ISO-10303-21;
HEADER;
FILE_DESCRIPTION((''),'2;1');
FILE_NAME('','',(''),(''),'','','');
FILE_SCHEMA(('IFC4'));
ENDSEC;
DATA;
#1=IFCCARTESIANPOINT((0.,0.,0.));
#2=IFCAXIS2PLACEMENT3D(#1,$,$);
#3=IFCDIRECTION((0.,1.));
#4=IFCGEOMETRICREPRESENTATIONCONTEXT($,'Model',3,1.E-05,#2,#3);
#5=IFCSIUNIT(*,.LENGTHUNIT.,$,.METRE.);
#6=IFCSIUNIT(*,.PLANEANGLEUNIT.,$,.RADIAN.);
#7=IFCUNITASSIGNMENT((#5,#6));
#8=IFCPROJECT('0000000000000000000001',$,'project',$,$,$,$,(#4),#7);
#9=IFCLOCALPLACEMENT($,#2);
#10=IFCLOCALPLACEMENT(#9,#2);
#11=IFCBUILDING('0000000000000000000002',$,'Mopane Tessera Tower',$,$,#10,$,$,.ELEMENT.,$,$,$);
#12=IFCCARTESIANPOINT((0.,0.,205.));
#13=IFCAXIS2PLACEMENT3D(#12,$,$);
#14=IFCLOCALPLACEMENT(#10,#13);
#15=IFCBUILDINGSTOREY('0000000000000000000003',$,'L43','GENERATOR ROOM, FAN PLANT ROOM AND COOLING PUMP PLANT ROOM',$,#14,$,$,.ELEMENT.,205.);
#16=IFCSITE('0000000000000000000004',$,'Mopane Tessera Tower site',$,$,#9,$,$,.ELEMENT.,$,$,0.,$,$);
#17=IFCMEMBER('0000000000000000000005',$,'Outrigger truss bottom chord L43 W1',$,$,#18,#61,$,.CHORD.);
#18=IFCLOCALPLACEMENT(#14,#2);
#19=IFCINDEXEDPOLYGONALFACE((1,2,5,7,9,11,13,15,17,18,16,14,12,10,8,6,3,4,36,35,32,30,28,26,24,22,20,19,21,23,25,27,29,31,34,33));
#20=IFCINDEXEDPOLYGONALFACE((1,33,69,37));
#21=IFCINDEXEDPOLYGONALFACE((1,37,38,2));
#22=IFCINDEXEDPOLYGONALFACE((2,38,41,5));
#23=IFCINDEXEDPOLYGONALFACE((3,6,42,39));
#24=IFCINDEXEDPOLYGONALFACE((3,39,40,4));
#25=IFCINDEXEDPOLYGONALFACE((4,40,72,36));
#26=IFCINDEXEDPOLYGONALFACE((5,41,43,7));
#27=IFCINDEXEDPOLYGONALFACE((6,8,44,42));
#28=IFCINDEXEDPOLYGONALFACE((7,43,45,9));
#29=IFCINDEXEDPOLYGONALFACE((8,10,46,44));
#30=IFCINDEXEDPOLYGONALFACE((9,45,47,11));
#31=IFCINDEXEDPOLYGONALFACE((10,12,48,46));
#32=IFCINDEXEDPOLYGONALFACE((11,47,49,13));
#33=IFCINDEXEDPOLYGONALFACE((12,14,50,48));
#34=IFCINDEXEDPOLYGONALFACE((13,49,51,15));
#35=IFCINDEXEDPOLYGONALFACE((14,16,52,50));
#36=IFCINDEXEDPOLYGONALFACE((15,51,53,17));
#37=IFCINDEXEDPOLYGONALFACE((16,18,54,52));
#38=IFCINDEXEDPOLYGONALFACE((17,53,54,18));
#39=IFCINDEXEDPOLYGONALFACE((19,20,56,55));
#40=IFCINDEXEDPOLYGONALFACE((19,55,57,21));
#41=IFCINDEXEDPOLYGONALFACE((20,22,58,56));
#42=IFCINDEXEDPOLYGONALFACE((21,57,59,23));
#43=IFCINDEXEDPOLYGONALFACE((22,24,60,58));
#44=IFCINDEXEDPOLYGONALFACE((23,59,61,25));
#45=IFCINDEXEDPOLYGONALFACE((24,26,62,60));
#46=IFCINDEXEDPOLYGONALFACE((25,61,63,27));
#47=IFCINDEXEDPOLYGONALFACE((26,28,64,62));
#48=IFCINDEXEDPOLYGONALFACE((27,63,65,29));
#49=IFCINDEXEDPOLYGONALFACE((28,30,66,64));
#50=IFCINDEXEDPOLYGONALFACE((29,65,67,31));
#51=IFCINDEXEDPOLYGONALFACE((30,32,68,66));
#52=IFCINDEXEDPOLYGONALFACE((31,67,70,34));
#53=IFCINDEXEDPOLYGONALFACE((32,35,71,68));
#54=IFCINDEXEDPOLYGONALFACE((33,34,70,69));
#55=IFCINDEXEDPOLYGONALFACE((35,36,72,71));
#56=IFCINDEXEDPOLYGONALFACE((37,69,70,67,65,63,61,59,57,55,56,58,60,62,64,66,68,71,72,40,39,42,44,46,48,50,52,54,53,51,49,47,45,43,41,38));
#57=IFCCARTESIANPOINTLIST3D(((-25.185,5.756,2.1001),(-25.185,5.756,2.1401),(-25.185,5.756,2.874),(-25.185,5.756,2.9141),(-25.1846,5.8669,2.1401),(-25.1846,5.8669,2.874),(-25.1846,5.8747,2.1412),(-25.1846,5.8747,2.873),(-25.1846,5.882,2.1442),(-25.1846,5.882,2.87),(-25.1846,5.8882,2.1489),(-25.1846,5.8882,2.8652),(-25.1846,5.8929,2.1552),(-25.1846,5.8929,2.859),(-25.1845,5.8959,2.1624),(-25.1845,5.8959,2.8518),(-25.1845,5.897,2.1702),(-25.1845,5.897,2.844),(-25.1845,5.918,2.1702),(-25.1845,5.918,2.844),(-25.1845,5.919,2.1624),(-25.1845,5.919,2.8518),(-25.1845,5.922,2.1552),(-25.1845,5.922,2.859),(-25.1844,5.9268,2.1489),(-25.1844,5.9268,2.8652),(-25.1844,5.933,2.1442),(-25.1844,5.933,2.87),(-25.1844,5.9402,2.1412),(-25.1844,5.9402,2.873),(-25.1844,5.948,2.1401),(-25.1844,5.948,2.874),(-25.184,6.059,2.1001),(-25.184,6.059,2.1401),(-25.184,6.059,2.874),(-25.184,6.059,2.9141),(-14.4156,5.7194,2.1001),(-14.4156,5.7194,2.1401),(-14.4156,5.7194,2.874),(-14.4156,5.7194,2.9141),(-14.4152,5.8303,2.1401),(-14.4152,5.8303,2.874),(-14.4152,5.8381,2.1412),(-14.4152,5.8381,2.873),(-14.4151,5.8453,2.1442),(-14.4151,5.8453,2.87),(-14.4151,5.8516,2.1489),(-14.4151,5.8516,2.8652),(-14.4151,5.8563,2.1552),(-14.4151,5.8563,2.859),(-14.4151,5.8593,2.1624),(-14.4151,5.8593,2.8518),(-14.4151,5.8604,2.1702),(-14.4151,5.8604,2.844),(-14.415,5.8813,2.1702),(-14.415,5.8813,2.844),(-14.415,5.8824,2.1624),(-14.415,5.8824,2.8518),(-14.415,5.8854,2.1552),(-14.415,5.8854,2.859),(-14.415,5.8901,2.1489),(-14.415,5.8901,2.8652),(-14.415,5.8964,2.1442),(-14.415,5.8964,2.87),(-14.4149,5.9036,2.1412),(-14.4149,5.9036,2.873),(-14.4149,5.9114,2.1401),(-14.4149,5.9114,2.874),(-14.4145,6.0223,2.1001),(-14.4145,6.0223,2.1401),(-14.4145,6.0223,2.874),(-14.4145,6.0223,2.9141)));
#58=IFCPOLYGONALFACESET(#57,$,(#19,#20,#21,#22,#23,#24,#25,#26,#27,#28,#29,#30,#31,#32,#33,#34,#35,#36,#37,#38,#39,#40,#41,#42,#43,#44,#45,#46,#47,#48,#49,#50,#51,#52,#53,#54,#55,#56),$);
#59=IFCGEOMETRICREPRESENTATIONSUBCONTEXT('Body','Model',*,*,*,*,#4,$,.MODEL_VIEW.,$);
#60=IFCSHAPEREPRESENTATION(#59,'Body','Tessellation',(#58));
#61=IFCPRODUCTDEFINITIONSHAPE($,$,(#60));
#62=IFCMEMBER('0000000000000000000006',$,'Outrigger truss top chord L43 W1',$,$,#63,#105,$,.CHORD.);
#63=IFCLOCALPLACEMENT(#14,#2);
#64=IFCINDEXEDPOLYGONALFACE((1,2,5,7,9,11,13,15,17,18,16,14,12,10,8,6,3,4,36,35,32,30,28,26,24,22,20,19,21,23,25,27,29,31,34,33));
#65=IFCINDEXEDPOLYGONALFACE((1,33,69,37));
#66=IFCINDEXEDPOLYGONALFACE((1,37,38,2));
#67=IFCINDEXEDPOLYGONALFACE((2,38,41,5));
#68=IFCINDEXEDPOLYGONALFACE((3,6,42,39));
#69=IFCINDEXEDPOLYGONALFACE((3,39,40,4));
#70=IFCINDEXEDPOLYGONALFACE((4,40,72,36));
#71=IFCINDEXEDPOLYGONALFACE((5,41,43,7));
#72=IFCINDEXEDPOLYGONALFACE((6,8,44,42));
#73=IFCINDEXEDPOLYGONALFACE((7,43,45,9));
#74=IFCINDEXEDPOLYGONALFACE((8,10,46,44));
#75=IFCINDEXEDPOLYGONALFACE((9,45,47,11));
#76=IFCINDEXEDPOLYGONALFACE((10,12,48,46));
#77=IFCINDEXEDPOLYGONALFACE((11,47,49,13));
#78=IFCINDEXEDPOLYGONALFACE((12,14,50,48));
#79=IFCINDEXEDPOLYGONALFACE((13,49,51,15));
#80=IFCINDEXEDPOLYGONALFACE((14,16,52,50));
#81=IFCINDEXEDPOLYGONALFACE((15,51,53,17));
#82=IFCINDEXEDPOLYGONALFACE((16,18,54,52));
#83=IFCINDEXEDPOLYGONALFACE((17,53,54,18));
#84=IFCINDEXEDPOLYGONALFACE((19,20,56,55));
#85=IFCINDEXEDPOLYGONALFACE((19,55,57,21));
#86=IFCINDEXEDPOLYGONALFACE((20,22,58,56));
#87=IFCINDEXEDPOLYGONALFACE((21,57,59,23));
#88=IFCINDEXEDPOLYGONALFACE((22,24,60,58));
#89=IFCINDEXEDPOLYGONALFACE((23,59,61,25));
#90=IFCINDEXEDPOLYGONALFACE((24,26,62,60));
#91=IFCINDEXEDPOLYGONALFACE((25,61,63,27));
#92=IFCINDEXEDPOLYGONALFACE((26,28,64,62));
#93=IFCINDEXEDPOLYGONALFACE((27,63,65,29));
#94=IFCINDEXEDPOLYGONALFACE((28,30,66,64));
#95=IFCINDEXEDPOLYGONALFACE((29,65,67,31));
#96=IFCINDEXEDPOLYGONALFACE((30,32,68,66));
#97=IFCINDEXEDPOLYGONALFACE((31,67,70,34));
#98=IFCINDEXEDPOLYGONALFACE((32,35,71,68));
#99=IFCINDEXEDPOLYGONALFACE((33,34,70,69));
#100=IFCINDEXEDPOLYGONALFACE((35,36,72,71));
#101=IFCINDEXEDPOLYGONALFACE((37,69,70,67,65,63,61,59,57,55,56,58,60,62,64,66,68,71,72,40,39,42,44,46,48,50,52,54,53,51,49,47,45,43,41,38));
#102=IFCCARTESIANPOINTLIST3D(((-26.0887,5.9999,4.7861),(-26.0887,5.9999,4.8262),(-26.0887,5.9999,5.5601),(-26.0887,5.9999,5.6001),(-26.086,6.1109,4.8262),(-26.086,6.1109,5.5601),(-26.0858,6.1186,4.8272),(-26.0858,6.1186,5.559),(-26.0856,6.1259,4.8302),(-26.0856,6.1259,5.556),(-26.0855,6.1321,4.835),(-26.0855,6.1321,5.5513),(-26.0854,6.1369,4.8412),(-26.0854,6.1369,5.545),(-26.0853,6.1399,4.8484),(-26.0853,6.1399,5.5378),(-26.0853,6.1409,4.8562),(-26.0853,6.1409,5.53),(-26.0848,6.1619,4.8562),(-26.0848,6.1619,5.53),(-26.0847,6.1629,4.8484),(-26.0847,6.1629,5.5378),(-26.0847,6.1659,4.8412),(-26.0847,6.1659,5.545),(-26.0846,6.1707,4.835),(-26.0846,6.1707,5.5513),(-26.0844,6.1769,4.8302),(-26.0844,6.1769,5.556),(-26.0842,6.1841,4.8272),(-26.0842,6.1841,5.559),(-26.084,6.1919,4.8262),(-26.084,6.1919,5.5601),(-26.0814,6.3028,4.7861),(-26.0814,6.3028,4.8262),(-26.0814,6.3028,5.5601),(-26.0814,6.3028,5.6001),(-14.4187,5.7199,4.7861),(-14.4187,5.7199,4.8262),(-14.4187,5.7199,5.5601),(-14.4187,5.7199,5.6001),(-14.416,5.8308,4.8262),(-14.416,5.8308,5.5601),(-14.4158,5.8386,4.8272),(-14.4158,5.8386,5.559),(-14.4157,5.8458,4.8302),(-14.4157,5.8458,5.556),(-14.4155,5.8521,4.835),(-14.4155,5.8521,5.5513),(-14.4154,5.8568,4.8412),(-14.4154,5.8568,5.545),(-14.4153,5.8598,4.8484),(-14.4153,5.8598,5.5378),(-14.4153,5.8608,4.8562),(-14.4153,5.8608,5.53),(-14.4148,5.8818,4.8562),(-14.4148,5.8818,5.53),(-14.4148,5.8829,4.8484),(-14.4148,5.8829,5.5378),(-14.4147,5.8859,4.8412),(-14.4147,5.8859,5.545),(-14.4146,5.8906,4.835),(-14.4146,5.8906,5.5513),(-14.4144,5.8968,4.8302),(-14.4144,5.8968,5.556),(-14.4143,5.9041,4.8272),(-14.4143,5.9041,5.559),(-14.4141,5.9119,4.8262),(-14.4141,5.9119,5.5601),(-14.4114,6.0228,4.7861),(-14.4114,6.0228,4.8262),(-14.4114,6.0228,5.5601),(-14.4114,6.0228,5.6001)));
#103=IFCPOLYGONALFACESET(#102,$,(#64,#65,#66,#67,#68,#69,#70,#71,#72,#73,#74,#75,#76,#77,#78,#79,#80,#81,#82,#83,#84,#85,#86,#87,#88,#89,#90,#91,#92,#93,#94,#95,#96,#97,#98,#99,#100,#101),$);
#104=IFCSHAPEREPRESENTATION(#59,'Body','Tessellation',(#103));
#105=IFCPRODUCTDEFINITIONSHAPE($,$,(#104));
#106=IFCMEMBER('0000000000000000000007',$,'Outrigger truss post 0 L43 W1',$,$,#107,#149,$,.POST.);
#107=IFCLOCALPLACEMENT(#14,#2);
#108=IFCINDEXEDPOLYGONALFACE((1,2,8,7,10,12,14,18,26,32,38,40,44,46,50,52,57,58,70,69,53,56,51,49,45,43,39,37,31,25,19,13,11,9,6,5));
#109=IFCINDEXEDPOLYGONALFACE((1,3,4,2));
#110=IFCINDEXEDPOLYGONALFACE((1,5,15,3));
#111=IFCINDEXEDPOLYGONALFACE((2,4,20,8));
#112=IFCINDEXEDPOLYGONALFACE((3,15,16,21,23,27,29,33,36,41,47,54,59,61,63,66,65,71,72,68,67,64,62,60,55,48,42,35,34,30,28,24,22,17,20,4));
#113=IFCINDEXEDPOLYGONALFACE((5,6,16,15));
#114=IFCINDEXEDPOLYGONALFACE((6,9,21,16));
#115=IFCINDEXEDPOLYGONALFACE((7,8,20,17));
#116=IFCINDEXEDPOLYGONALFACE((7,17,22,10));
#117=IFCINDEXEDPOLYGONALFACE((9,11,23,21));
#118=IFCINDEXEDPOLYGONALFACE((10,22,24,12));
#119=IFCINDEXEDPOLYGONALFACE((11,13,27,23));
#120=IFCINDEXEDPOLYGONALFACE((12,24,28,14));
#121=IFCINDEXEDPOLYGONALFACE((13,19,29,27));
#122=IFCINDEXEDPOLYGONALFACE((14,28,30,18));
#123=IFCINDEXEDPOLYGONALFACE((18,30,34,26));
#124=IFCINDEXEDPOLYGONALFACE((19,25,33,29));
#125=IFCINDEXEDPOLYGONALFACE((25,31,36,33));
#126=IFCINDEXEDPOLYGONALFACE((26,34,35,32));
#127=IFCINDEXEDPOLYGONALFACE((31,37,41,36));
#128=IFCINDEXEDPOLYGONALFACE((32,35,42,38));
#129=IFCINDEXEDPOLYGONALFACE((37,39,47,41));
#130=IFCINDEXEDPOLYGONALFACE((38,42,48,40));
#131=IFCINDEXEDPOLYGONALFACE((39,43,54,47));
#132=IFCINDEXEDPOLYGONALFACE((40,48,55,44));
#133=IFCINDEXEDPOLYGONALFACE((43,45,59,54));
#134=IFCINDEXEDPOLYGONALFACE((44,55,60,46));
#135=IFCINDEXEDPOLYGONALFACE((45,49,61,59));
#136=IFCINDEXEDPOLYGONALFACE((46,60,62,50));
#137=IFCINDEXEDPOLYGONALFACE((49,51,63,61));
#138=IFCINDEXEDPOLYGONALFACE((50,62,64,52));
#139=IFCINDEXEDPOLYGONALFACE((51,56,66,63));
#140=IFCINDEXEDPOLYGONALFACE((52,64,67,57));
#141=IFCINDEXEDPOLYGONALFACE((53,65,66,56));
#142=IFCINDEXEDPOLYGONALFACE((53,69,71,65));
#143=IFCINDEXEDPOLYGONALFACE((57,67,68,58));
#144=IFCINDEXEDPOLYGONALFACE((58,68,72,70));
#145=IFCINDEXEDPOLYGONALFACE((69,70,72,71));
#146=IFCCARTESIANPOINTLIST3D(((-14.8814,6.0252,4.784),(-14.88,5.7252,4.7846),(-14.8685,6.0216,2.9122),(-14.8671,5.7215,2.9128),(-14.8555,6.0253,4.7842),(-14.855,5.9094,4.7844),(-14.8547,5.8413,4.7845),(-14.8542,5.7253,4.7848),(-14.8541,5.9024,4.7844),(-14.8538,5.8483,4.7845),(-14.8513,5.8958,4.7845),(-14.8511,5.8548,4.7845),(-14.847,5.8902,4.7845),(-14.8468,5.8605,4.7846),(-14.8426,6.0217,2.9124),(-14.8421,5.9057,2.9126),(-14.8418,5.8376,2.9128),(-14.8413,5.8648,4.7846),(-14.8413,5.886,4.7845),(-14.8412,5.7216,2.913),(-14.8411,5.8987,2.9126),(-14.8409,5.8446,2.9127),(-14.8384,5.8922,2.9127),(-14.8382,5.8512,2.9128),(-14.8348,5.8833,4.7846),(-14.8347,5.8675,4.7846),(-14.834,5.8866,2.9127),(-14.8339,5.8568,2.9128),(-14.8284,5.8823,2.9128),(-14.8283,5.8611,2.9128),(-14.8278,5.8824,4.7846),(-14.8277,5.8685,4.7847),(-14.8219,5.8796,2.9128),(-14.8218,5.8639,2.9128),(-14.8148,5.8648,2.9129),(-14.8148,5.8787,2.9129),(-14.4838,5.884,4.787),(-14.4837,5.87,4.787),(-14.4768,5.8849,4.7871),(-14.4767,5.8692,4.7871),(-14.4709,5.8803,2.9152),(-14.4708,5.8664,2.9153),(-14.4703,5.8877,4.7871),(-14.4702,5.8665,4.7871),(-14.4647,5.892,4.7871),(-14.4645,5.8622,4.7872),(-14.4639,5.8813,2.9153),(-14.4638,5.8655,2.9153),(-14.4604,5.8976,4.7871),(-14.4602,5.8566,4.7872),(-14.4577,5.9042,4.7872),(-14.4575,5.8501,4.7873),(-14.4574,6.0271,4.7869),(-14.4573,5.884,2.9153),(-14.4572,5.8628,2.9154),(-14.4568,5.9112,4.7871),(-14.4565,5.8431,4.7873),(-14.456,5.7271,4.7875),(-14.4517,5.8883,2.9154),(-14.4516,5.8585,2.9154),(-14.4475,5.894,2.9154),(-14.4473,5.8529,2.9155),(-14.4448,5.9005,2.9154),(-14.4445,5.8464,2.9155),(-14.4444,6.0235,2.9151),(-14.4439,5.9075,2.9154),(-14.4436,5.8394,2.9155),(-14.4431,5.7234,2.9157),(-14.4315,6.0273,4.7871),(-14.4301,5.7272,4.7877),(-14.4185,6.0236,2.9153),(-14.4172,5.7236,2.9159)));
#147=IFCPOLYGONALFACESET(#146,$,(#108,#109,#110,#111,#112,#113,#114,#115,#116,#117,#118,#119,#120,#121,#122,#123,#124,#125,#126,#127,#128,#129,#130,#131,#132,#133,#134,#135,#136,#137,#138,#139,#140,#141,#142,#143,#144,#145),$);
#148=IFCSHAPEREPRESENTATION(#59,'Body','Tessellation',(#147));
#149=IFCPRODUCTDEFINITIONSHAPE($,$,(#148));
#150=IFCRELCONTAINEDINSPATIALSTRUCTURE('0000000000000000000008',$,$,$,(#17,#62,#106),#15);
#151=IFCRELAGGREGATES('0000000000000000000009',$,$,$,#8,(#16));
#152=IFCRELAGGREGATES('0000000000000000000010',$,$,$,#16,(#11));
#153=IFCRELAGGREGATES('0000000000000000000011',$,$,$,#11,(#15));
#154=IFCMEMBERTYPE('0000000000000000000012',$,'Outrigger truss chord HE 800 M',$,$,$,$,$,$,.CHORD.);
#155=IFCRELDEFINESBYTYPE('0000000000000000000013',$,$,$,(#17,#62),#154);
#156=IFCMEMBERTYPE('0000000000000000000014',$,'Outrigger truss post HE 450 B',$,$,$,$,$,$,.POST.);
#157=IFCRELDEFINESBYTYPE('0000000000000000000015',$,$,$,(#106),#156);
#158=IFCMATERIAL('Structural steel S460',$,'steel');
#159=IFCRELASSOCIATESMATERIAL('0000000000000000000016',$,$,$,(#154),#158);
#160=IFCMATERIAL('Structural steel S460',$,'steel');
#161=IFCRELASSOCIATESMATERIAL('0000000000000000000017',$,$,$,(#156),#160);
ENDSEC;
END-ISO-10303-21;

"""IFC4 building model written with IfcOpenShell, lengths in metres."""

from ifc_helpers import new_model, si_unit, direction, frame, origin, origin_2d, place, context, subcontext, project, spatial, i_section, extrude, material, material_profile, profile_set, type_object, element, save


model = new_model("IFC4")

# Units and contexts
model_context = context("Model", 3, precision=1e-05, world=origin(), true_north=direction((0.0, 1.0)))
body_context = subcontext(model_context, "Body", "Model", "MODEL_VIEW")
ifc_project = project(units=[si_unit("LENGTHUNIT", "METRE"), si_unit("PLANEANGLEUNIT", "RADIAN")], contexts=[model_context])

# Site, building, storey
site_placement = place(None, origin())
site = spatial("IfcSite", under=ifc_project, at=site_placement, Name="Mopane Tessera Tower site", CompositionType="ELEMENT", RefElevation=0.0)
building_placement = place(site_placement, origin())
building = spatial("IfcBuilding", under=site, at=building_placement, Name="Mopane Tessera Tower", CompositionType="ELEMENT")
storey_placement = place(building_placement, frame((0.0, 0.0, 205.0)))
storey = spatial("IfcBuildingStorey", under=building, at=storey_placement, Name="L43", Description="GENERATOR ROOM, FAN PLANT ROOM AND COOLING PUMP PLANT ROOM", CompositionType="ELEMENT", Elevation=205.0)

# Members
ifc_material_1 = material(Name="Structural steel S460", Category="steel")
ifc_material_profile_1 = material_profile(ifc_material_1, i_section(OverallWidth=0.303, OverallDepth=0.814, WebThickness=0.021, FlangeThickness=0.04, FilletRadius=0.03, at=origin_2d()))
ifc_profile_set_1 = profile_set([ifc_material_profile_1], Name="Structural steel S460")
member_type_1 = type_object("IfcMemberType", Name="Outrigger truss chord HE 800 M", PredefinedType="CHORD", material=ifc_profile_set_1)
member_1_placement = place(storey_placement, frame((-14.415, 5.8708, 2.5071), z_axis=(-0.999994, 0.0034, 0.0), x_axis=(-0.0034, -0.999994, 0.0)))
element("IfcMember", 1, at=member_1_placement, inside=storey, type_object=member_type_1, Name="Outrigger truss bottom chord L43 W1", PredefinedType="CHORD", context=body_context, shape_type="SweptSolid", body=[
    extrude(i_section(OverallWidth=0.303, OverallDepth=0.814, WebThickness=0.021, FlangeThickness=0.04, FilletRadius=0.03, at=origin_2d()), origin(), (0.0, 0.0, 1.0), 10.7695),
])
member_2_placement = place(storey_placement, frame((-14.415, 5.8713, 5.1931), z_axis=(-0.999712, 0.023989, 0.0), x_axis=(-0.023989, -0.999712, 0.0)))
element("IfcMember", 2, at=member_2_placement, inside=storey, type_object=member_type_1, Name="Outrigger truss top chord L43 W1", PredefinedType="CHORD", context=body_context, shape_type="SweptSolid", body=[
    extrude(i_section(OverallWidth=0.303, OverallDepth=0.814, WebThickness=0.021, FlangeThickness=0.04, FilletRadius=0.03, at=origin_2d()), origin(), (0.0, 0.0, 1.0), 11.6733),
])
ifc_material_2 = material(Name="Structural steel S460", Category="steel")
ifc_material_profile_2 = material_profile(ifc_material_2, i_section(OverallWidth=0.3, OverallDepth=0.45, WebThickness=0.0139, FlangeThickness=0.0259, FilletRadius=0.0271, at=origin_2d()))
ifc_profile_set_2 = profile_set([ifc_material_profile_2], Name="Structural steel S460")
member_type_2 = type_object("IfcMemberType", Name="Outrigger truss post HE 450 B", PredefinedType="POST", material=ifc_profile_set_2)
member_3_placement = place(storey_placement, frame((-14.6428, 5.8726, 2.9141), z_axis=(-0.006913, 0.001956, 0.999974), x_axis=(0.004537, -0.999988, 0.001988)))
element("IfcMember", 3, at=member_3_placement, inside=storey, type_object=member_type_2, Name="Outrigger truss post 0 L43 W1", PredefinedType="POST", context=body_context, shape_type="SweptSolid", body=[
    extrude(i_section(OverallWidth=0.3, OverallDepth=0.45, WebThickness=0.0139, FlangeThickness=0.0259, FilletRadius=0.0271, at=origin_2d()), origin(), (0.0, 0.0, 1.0), 1.8718),
])

save(model, "model.ifc")
